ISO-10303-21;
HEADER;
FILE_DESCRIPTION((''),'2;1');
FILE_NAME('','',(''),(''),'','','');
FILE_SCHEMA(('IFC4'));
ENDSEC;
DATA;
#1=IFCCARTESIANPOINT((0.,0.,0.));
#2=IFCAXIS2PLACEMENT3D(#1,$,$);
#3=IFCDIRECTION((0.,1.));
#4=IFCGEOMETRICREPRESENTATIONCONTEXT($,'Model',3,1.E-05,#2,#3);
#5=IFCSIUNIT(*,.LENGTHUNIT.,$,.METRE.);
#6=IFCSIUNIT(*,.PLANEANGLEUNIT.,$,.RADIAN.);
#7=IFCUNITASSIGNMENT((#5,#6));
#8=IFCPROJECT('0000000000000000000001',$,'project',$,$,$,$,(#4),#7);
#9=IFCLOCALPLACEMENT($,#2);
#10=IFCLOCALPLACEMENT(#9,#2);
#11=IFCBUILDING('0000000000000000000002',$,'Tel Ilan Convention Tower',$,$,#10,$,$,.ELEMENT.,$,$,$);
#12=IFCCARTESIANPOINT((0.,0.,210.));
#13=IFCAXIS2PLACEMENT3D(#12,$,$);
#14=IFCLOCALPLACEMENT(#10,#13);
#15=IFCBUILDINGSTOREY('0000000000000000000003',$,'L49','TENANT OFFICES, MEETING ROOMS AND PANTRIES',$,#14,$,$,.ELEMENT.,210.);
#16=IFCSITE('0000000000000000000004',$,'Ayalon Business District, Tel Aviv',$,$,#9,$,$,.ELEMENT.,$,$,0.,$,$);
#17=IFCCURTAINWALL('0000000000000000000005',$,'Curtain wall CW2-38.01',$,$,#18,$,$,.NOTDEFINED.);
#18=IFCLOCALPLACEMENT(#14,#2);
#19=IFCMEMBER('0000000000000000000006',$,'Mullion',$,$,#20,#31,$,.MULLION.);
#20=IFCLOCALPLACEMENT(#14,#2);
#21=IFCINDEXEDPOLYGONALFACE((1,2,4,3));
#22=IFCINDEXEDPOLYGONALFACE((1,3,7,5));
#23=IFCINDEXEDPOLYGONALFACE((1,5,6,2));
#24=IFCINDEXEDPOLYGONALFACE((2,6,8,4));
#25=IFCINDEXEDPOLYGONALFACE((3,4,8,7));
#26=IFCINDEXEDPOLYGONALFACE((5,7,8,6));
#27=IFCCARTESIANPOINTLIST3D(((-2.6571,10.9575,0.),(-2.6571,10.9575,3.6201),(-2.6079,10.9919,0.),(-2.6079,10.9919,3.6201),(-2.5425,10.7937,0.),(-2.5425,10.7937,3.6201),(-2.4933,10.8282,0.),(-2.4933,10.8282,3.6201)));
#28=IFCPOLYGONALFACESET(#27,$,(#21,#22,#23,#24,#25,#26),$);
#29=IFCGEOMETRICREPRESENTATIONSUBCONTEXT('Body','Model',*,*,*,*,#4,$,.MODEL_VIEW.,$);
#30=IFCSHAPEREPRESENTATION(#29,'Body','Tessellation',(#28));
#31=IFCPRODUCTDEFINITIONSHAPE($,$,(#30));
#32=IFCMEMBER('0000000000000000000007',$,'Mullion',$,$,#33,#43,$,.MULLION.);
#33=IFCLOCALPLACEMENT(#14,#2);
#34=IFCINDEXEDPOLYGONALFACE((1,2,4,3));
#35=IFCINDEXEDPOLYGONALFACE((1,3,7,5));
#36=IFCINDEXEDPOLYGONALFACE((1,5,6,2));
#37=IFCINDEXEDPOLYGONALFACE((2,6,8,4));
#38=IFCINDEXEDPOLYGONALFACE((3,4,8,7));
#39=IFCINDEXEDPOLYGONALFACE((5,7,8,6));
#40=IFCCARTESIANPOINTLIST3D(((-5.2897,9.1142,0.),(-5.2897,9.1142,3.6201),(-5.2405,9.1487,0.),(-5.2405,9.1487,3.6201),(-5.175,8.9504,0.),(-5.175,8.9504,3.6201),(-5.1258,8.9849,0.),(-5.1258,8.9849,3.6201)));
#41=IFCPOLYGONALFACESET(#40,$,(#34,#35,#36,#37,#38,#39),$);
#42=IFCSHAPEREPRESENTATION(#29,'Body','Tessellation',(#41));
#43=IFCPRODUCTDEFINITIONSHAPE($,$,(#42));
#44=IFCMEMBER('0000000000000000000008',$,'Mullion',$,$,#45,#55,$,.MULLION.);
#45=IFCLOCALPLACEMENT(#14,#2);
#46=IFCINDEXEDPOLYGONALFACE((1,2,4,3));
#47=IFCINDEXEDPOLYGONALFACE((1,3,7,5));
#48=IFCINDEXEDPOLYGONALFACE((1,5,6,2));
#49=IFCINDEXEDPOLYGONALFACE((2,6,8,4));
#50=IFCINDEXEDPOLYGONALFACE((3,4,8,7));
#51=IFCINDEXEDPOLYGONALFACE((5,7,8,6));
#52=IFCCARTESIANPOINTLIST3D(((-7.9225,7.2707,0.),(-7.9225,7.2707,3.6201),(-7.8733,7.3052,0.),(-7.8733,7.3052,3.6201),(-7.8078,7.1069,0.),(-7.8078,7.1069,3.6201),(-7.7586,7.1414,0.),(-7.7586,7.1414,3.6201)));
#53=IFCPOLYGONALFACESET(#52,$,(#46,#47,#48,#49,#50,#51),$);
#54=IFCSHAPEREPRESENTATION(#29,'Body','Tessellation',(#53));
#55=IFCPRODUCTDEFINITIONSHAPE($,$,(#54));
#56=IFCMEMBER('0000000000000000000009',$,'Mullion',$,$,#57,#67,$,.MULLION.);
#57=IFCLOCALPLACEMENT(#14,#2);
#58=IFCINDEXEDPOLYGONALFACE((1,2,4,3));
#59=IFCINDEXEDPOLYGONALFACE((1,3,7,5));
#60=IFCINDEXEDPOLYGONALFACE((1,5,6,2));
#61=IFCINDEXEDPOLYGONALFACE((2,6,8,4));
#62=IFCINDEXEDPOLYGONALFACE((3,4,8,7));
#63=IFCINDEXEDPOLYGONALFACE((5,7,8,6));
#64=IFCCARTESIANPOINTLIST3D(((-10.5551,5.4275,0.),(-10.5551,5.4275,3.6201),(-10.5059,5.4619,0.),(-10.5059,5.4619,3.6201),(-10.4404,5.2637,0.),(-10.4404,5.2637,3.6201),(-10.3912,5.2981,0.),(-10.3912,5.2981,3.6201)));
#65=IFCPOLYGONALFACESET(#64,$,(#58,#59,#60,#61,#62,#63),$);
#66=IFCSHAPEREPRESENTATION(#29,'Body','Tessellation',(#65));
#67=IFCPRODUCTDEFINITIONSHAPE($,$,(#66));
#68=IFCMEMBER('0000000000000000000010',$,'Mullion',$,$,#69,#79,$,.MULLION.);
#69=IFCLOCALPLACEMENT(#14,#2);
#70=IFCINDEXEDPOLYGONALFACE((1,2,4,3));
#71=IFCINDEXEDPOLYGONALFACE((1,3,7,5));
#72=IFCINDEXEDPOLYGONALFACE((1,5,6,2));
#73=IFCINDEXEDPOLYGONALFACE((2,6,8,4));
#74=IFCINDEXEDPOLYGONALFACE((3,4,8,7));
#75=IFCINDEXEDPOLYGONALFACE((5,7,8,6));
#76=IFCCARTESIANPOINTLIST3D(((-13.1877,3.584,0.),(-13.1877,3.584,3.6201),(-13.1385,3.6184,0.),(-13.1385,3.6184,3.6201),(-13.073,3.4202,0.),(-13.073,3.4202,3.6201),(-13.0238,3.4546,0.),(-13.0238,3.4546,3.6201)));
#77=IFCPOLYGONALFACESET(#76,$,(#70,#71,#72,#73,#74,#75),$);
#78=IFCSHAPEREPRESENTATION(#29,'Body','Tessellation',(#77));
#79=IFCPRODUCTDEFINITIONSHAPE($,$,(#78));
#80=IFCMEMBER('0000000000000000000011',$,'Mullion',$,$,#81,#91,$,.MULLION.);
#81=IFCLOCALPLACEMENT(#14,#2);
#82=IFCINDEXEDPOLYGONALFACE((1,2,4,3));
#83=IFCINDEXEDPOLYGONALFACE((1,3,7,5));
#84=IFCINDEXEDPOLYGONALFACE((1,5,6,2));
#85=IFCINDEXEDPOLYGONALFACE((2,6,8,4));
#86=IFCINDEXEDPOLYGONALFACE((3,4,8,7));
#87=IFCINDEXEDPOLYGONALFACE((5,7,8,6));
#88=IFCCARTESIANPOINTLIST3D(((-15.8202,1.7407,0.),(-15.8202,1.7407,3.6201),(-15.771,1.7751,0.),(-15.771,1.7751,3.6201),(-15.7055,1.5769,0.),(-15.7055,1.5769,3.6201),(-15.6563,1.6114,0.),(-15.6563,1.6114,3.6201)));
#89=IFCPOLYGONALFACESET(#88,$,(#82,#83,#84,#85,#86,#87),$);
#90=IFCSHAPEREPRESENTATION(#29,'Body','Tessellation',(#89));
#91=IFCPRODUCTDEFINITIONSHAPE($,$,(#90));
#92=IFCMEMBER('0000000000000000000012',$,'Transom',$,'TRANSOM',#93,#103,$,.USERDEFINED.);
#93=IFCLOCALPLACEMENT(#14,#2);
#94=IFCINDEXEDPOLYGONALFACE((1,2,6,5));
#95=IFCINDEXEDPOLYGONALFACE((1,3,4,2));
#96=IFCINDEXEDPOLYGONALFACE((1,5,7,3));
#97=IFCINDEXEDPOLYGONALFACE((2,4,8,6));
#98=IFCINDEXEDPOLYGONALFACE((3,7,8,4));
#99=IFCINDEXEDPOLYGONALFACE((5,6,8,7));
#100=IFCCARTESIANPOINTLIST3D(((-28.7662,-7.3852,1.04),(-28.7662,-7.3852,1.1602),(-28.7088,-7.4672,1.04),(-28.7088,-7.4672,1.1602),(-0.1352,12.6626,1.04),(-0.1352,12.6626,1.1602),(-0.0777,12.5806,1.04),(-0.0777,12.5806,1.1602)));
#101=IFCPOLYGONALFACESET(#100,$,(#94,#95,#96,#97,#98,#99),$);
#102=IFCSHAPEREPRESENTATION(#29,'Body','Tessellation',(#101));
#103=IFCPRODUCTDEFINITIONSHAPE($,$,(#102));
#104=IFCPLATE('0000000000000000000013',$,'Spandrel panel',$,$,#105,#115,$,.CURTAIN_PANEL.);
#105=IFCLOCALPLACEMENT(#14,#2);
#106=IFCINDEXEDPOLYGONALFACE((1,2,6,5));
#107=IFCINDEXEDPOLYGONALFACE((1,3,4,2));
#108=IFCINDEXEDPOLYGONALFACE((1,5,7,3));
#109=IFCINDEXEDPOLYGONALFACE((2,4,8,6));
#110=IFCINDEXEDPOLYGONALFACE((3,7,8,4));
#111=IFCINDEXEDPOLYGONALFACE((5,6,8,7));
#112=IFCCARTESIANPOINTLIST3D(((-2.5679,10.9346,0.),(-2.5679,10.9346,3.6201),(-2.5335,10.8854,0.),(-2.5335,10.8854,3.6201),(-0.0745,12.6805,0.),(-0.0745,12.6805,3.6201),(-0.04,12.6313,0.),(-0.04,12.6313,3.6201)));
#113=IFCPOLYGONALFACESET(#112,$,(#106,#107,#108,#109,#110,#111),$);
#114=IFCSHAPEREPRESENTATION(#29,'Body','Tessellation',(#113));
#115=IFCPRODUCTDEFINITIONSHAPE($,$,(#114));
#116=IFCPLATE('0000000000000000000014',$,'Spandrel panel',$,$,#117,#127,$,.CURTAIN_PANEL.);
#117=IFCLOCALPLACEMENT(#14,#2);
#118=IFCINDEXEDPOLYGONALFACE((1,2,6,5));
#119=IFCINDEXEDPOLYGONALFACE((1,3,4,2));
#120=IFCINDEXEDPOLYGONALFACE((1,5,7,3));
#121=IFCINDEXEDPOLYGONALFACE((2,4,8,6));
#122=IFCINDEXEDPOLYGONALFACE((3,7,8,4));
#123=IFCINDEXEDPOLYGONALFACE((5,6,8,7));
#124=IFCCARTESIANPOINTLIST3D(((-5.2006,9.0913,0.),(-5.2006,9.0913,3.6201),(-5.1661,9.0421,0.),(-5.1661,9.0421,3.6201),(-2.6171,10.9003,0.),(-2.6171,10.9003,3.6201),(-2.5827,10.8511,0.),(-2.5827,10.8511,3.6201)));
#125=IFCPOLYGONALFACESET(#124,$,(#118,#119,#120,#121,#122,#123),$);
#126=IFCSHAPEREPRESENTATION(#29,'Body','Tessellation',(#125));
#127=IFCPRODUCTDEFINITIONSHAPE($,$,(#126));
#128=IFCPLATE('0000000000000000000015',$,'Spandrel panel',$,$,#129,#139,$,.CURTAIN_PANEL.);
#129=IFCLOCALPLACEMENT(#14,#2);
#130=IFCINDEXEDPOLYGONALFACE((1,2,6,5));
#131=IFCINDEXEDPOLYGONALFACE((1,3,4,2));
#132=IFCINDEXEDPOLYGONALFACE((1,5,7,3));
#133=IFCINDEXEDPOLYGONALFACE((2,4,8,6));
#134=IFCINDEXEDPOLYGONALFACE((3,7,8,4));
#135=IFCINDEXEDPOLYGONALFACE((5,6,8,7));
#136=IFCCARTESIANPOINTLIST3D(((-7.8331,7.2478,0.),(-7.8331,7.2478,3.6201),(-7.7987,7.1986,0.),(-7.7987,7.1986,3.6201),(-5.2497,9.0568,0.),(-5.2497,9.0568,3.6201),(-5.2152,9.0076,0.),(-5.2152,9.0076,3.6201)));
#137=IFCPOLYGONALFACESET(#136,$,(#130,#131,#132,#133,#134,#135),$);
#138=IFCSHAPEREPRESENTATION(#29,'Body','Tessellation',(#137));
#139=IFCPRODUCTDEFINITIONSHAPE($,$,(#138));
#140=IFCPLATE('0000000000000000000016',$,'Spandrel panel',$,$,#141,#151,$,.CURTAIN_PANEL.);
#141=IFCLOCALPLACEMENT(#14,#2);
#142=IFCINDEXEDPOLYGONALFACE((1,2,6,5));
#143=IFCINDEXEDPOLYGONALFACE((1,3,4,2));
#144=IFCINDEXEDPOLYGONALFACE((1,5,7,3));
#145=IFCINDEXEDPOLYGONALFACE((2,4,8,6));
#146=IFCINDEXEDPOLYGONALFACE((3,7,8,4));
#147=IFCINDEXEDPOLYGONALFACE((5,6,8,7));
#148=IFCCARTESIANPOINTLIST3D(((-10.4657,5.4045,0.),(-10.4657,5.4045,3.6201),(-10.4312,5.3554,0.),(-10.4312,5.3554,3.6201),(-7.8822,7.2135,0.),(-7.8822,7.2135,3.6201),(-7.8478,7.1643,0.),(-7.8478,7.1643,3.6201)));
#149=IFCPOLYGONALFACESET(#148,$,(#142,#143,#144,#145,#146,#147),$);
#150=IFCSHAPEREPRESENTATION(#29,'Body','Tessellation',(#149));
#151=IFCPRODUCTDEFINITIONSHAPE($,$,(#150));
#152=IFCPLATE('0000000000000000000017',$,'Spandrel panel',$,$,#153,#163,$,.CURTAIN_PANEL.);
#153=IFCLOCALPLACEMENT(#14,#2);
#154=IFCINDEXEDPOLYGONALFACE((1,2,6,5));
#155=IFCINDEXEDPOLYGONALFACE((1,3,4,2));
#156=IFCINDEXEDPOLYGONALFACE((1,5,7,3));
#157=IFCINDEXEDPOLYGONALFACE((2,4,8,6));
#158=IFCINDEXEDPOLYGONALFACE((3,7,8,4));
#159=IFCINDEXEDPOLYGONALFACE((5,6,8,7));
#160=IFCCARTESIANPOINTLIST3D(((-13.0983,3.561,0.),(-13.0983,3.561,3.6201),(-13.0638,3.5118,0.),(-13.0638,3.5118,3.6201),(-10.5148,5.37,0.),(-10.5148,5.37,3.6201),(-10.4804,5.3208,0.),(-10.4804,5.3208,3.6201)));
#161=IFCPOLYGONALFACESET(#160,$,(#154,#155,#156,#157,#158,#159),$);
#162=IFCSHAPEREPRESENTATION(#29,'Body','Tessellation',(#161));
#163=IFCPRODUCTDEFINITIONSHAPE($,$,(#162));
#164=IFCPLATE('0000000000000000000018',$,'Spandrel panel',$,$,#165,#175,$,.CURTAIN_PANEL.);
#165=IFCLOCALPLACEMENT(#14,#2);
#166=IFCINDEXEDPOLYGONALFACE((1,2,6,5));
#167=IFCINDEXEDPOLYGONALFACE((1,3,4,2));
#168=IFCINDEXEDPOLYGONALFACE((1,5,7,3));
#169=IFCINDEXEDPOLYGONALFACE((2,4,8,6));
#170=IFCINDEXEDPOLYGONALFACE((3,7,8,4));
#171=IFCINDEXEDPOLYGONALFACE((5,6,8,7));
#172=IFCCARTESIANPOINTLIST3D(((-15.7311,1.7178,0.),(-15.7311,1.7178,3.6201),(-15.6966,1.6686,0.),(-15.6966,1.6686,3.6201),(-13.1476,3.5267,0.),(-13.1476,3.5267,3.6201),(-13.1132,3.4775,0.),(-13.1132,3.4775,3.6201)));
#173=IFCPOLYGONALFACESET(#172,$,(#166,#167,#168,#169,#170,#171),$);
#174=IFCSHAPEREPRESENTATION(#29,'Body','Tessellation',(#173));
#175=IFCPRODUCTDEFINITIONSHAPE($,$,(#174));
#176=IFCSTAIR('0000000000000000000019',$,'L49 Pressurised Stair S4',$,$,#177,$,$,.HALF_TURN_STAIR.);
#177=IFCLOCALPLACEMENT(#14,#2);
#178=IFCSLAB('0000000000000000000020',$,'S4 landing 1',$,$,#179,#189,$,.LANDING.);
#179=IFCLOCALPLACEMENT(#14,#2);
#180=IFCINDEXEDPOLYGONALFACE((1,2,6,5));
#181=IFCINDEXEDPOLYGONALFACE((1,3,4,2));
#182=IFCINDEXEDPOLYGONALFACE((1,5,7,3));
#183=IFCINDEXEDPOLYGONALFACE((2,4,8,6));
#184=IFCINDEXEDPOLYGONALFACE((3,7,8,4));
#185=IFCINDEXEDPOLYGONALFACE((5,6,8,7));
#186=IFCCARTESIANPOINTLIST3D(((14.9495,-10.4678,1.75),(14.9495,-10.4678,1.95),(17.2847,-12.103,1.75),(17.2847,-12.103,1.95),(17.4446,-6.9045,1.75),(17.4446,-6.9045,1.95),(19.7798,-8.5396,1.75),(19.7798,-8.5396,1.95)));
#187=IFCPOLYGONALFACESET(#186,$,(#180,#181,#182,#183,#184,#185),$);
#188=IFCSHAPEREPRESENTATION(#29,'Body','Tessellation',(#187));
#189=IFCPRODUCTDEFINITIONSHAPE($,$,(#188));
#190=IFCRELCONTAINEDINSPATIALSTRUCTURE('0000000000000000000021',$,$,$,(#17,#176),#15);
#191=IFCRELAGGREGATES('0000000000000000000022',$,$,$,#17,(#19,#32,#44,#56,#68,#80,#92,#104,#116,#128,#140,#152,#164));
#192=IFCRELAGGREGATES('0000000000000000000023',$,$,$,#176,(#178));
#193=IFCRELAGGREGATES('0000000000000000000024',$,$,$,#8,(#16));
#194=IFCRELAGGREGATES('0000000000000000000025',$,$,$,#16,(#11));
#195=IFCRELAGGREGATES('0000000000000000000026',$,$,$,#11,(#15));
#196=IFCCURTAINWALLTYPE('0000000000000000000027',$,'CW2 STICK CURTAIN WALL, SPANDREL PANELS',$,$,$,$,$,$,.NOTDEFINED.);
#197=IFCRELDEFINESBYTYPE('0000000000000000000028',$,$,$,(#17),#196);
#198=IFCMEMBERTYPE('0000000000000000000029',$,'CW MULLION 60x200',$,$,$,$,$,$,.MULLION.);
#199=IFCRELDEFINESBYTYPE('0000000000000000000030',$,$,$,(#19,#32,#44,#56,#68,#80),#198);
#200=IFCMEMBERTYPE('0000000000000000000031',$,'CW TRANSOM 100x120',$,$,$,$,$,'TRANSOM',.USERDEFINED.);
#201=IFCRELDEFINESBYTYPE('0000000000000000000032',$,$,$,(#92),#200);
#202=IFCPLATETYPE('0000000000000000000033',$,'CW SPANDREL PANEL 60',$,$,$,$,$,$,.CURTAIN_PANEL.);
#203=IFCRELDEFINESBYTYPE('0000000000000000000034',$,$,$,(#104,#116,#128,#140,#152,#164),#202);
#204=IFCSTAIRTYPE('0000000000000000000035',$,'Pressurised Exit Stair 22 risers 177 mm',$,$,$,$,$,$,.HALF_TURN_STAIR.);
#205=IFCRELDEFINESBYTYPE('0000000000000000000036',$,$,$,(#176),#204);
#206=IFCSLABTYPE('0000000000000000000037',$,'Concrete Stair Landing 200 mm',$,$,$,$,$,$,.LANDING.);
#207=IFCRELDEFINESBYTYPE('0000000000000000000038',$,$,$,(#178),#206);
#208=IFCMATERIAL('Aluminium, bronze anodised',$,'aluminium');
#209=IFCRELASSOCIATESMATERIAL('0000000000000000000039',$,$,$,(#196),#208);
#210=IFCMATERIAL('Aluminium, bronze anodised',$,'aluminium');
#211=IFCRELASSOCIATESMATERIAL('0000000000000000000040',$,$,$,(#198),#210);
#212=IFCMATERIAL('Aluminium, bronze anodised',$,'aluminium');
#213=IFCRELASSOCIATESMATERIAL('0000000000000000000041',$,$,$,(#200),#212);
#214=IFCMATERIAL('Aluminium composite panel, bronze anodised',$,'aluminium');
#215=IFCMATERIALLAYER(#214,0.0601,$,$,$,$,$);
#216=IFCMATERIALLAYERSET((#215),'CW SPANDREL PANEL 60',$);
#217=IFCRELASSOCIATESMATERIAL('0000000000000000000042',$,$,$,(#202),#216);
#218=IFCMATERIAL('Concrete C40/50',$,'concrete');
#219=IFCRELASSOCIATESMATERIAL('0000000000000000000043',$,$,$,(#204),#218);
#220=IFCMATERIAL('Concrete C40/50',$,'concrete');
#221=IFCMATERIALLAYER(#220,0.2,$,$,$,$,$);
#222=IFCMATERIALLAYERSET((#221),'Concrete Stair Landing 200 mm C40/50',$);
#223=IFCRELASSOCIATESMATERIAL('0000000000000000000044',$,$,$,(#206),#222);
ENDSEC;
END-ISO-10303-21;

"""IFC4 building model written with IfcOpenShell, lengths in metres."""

from ifc_helpers import new_model, si_unit, direction, frame, origin, origin_2d, place, context, subcontext, project, spatial, polyline, rectangle, outline, extrude, material, layer, layer_set, material_profile, profile_set, type_object, element, aggregate, save


model = new_model("IFC4")

# Units and contexts
model_context = context("Model", 3, precision=1e-05, world=origin(), true_north=direction((0.0, 1.0)))
body_context = subcontext(model_context, "Body", "Model", "MODEL_VIEW")
ifc_project = project(units=[si_unit("LENGTHUNIT", "METRE"), si_unit("PLANEANGLEUNIT", "RADIAN")], contexts=[model_context])

# Site, building, storey
site_placement = place(None, origin())
site = spatial("IfcSite", under=ifc_project, at=site_placement, Name="Ayalon Business District, Tel Aviv", CompositionType="ELEMENT", RefElevation=0.0)
building_placement = place(site_placement, origin())
building = spatial("IfcBuilding", under=site, at=building_placement, Name="Tel Ilan Convention Tower", CompositionType="ELEMENT")
storey_placement = place(building_placement, frame((0.0, 0.0, 210.0)))
storey = spatial("IfcBuildingStorey", under=building, at=storey_placement, Name="L49", Description="TENANT OFFICES, MEETING ROOMS AND PANTRIES", CompositionType="ELEMENT", Elevation=210.0)

# Curtain wall, members, plates
ifc_material_1 = material(Name="Aluminium, bronze anodised", Category="aluminium")
curtain_wall_type = type_object("IfcCurtainWallType", Name="CW2 STICK CURTAIN WALL, SPANDREL PANELS", PredefinedType="NOTDEFINED", material=ifc_material_1)
curtain_wall_placement = place(storey_placement, origin())
curtain_wall = element("IfcCurtainWall", 1, at=curtain_wall_placement, inside=storey, type_object=curtain_wall_type, Name="Curtain wall CW2-38.01", PredefinedType="NOTDEFINED")
ifc_material_2 = material(Name="Aluminium, bronze anodised", Category="aluminium")
ifc_material_profile_1 = material_profile(ifc_material_2, rectangle(XDim=0.0601, YDim=0.2, at=origin_2d()), Name="CW MULLION 60x200")
ifc_profile_set_1 = profile_set([ifc_material_profile_1], Name="Aluminium, bronze anodised")
member_type_1 = type_object("IfcMemberType", Name="CW MULLION 60x200", PredefinedType="MULLION", material=ifc_profile_set_1)
member_1_placement = place(storey_placement, frame((-2.5752, 10.8928, 0.0), z_axis=(0.0, 0.0, 1.0), x_axis=(-0.819152, -0.573576, 0.0)))
member_1 = element("IfcMember", 2, at=member_1_placement, type_object=member_type_1, Name="Mullion", PredefinedType="MULLION", context=body_context, shape_type="SweptSolid", body=[
    extrude(rectangle(XDim=0.0601, YDim=0.2, at=origin_2d()), origin(), (0.0, 0.0, 1.0), 3.6201),
])
member_2_placement = place(storey_placement, frame((-5.2078, 9.0496, 0.0), z_axis=(0.0, 0.0, 1.0), x_axis=(-0.819152, -0.573576, 0.0)))
member_2 = element("IfcMember", 3, at=member_2_placement, type_object=member_type_1, Name="Mullion", PredefinedType="MULLION", context=body_context, shape_type="SweptSolid", body=[
    extrude(rectangle(XDim=0.0601, YDim=0.2, at=origin_2d()), origin(), (0.0, 0.0, 1.0), 3.6201),
])
member_3_placement = place(storey_placement, frame((-7.8406, 7.2061, 0.0), z_axis=(0.0, 0.0, 1.0), x_axis=(-0.819152, -0.573576, 0.0)))
member_3 = element("IfcMember", 4, at=member_3_placement, type_object=member_type_1, Name="Mullion", PredefinedType="MULLION", context=body_context, shape_type="SweptSolid", body=[
    extrude(rectangle(XDim=0.0601, YDim=0.2, at=origin_2d()), origin(), (0.0, 0.0, 1.0), 3.6201),
])
member_4_placement = place(storey_placement, frame((-10.4731, 5.3628, 0.0), z_axis=(0.0, 0.0, 1.0), x_axis=(-0.819152, -0.573576, 0.0)))
member_4 = element("IfcMember", 5, at=member_4_placement, type_object=member_type_1, Name="Mullion", PredefinedType="MULLION", context=body_context, shape_type="SweptSolid", body=[
    extrude(rectangle(XDim=0.0601, YDim=0.2, at=origin_2d()), origin(), (0.0, 0.0, 1.0), 3.6201),
])
member_5_placement = place(storey_placement, frame((-13.1057, 3.5193, 0.0), z_axis=(0.0, 0.0, 1.0), x_axis=(-0.819152, -0.573576, 0.0)))
member_5 = element("IfcMember", 6, at=member_5_placement, type_object=member_type_1, Name="Mullion", PredefinedType="MULLION", context=body_context, shape_type="SweptSolid", body=[
    extrude(rectangle(XDim=0.0601, YDim=0.2, at=origin_2d()), origin(), (0.0, 0.0, 1.0), 3.6201),
])
member_6_placement = place(storey_placement, frame((-15.7383, 1.676, 0.0), z_axis=(0.0, 0.0, 1.0), x_axis=(-0.819152, -0.573576, 0.0)))
member_6 = element("IfcMember", 7, at=member_6_placement, type_object=member_type_1, Name="Mullion", PredefinedType="MULLION", context=body_context, shape_type="SweptSolid", body=[
    extrude(rectangle(XDim=0.0601, YDim=0.2, at=origin_2d()), origin(), (0.0, 0.0, 1.0), 3.6201),
])
ifc_material_3 = material(Name="Aluminium, bronze anodised", Category="aluminium")
ifc_material_profile_2 = material_profile(ifc_material_3, rectangle(XDim=0.1001, YDim=0.1201, at=origin_2d()), Name="CW TRANSOM 100x120")
ifc_profile_set_2 = profile_set([ifc_material_profile_2], Name="Aluminium, bronze anodised")
member_type_2 = type_object("IfcMemberType", Name="CW TRANSOM 100x120", ElementType="TRANSOM", PredefinedType="USERDEFINED", material=ifc_profile_set_2)
member_7_placement = place(storey_placement, frame((-0.1064, 12.6216, 1.1001), z_axis=(-0.81915, -0.573579, 0.0), x_axis=(0.573579, -0.81915, 0.0)))
member_7 = element("IfcMember", 8, at=member_7_placement, type_object=member_type_2, Name="Transom", ObjectType="TRANSOM", PredefinedType="USERDEFINED", context=body_context, shape_type="SweptSolid", body=[
    extrude(rectangle(XDim=0.1001, YDim=0.1201, at=origin_2d()), origin(), (0.0, 0.0, 1.0), 34.9521),
])
ifc_material_4 = material(Name="Aluminium composite panel, bronze anodised", Category="aluminium")
ifc_layer_1 = layer(ifc_material_4, 0.0601)
ifc_layer_set_1 = layer_set([ifc_layer_1], Name="CW SPANDREL PANEL 60")
plate_type = type_object("IfcPlateType", Name="CW SPANDREL PANEL 60", PredefinedType="CURTAIN_PANEL", material=ifc_layer_set_1)
plate_1_placement = place(storey_placement, frame((-1.304, 11.783, 0.0), z_axis=(0.0, 0.0, 1.0), x_axis=(-0.819152, -0.573576, 0.0)))
plate_1 = element("IfcPlate", 9, at=plate_1_placement, type_object=plate_type, Name="Spandrel panel", PredefinedType="CURTAIN_PANEL", context=body_context, shape_type="SweptSolid", body=[
    extrude(rectangle(XDim=3.0439, YDim=0.0601, at=origin_2d()), origin(), (0.0, 0.0, 1.0), 3.6201),
])
plate_2_placement = place(storey_placement, frame((-3.8916, 9.9712, 0.0), z_axis=(0.0, 0.0, 1.0), x_axis=(-0.819152, -0.573576, 0.0)))
plate_2 = element("IfcPlate", 10, at=plate_2_placement, type_object=plate_type, Name="Spandrel panel", PredefinedType="CURTAIN_PANEL", context=body_context, shape_type="SweptSolid", body=[
    extrude(rectangle(XDim=3.1538, YDim=0.0601, at=origin_2d()), origin(), (0.0, 0.0, 1.0), 3.6201),
])
plate_3_placement = place(storey_placement, frame((-6.5242, 8.1277, 0.0), z_axis=(0.0, 0.0, 1.0), x_axis=(-0.819152, -0.573576, 0.0)))
plate_3 = element("IfcPlate", 11, at=plate_3_placement, type_object=plate_type, Name="Spandrel panel", PredefinedType="CURTAIN_PANEL", context=body_context, shape_type="SweptSolid", body=[
    extrude(rectangle(XDim=3.1538, YDim=0.0601, at=origin_2d()), origin(), (0.0, 0.0, 1.0), 3.6201),
])
plate_4_placement = place(storey_placement, frame((-9.1567, 6.2844, 0.0), z_axis=(0.0, 0.0, 1.0), x_axis=(-0.819152, -0.573576, 0.0)))
plate_4 = element("IfcPlate", 12, at=plate_4_placement, type_object=plate_type, Name="Spandrel panel", PredefinedType="CURTAIN_PANEL", context=body_context, shape_type="SweptSolid", body=[
    extrude(rectangle(XDim=3.1538, YDim=0.0601, at=origin_2d()), origin(), (0.0, 0.0, 1.0), 3.6201),
])
plate_5_placement = place(storey_placement, frame((-11.7893, 4.4409, 0.0), z_axis=(0.0, 0.0, 1.0), x_axis=(-0.819152, -0.573576, 0.0)))
plate_5 = element("IfcPlate", 13, at=plate_5_placement, type_object=plate_type, Name="Spandrel panel", PredefinedType="CURTAIN_PANEL", context=body_context, shape_type="SweptSolid", body=[
    extrude(rectangle(XDim=3.1538, YDim=0.0601, at=origin_2d()), origin(), (0.0, 0.0, 1.0), 3.6201),
])
plate_6_placement = place(storey_placement, frame((-14.4221, 2.5977, 0.0), z_axis=(0.0, 0.0, 1.0), x_axis=(-0.819152, -0.573576, 0.0)))
plate_6 = element("IfcPlate", 14, at=plate_6_placement, type_object=plate_type, Name="Spandrel panel", PredefinedType="CURTAIN_PANEL", context=body_context, shape_type="SweptSolid", body=[
    extrude(rectangle(XDim=3.1538, YDim=0.0601, at=origin_2d()), origin(), (0.0, 0.0, 1.0), 3.6201),
])
aggregate(curtain_wall, [member_1, member_2, member_3, member_4, member_5, member_6, member_7, plate_1, plate_2, plate_3, plate_4, plate_5, plate_6])

# Stair, slab
ifc_material_5 = material(Name="Concrete C40/50", Category="concrete")
stair_type = type_object("IfcStairType", Name="Pressurised Exit Stair 22 risers 177 mm", PredefinedType="HALF_TURN_STAIR", material=ifc_material_5)
stair_placement = place(storey_placement, origin())
stair = element("IfcStair", 15, at=stair_placement, inside=storey, type_object=stair_type, Name="L49 Pressurised Stair S4", PredefinedType="HALF_TURN_STAIR")
ifc_material_6 = material(Name="Concrete C40/50", Category="concrete")
ifc_layer_2 = layer(ifc_material_6, 0.2)
ifc_layer_set_2 = layer_set([ifc_layer_2], Name="Concrete Stair Landing 200 mm C40/50")
slab_type = type_object("IfcSlabType", Name="Concrete Stair Landing 200 mm", PredefinedType="LANDING", material=ifc_layer_set_2)
slab_placement = place(storey_placement, frame((0.0, 0.0, 1.75)))
slab = element("IfcSlab", 16, at=slab_placement, type_object=slab_type, Name="S4 landing 1", PredefinedType="LANDING", context=body_context, shape_type="SweptSolid", body=[
    extrude(outline(polyline([(19.7798, -8.5396), (17.4446, -6.9045), (14.9495, -10.4678), (17.2847, -12.103), (19.7798, -8.5396)])), origin(), (0.0, 0.0, 1.0), 0.2),
])
aggregate(stair, [slab])

save(model, "model.ifc")
